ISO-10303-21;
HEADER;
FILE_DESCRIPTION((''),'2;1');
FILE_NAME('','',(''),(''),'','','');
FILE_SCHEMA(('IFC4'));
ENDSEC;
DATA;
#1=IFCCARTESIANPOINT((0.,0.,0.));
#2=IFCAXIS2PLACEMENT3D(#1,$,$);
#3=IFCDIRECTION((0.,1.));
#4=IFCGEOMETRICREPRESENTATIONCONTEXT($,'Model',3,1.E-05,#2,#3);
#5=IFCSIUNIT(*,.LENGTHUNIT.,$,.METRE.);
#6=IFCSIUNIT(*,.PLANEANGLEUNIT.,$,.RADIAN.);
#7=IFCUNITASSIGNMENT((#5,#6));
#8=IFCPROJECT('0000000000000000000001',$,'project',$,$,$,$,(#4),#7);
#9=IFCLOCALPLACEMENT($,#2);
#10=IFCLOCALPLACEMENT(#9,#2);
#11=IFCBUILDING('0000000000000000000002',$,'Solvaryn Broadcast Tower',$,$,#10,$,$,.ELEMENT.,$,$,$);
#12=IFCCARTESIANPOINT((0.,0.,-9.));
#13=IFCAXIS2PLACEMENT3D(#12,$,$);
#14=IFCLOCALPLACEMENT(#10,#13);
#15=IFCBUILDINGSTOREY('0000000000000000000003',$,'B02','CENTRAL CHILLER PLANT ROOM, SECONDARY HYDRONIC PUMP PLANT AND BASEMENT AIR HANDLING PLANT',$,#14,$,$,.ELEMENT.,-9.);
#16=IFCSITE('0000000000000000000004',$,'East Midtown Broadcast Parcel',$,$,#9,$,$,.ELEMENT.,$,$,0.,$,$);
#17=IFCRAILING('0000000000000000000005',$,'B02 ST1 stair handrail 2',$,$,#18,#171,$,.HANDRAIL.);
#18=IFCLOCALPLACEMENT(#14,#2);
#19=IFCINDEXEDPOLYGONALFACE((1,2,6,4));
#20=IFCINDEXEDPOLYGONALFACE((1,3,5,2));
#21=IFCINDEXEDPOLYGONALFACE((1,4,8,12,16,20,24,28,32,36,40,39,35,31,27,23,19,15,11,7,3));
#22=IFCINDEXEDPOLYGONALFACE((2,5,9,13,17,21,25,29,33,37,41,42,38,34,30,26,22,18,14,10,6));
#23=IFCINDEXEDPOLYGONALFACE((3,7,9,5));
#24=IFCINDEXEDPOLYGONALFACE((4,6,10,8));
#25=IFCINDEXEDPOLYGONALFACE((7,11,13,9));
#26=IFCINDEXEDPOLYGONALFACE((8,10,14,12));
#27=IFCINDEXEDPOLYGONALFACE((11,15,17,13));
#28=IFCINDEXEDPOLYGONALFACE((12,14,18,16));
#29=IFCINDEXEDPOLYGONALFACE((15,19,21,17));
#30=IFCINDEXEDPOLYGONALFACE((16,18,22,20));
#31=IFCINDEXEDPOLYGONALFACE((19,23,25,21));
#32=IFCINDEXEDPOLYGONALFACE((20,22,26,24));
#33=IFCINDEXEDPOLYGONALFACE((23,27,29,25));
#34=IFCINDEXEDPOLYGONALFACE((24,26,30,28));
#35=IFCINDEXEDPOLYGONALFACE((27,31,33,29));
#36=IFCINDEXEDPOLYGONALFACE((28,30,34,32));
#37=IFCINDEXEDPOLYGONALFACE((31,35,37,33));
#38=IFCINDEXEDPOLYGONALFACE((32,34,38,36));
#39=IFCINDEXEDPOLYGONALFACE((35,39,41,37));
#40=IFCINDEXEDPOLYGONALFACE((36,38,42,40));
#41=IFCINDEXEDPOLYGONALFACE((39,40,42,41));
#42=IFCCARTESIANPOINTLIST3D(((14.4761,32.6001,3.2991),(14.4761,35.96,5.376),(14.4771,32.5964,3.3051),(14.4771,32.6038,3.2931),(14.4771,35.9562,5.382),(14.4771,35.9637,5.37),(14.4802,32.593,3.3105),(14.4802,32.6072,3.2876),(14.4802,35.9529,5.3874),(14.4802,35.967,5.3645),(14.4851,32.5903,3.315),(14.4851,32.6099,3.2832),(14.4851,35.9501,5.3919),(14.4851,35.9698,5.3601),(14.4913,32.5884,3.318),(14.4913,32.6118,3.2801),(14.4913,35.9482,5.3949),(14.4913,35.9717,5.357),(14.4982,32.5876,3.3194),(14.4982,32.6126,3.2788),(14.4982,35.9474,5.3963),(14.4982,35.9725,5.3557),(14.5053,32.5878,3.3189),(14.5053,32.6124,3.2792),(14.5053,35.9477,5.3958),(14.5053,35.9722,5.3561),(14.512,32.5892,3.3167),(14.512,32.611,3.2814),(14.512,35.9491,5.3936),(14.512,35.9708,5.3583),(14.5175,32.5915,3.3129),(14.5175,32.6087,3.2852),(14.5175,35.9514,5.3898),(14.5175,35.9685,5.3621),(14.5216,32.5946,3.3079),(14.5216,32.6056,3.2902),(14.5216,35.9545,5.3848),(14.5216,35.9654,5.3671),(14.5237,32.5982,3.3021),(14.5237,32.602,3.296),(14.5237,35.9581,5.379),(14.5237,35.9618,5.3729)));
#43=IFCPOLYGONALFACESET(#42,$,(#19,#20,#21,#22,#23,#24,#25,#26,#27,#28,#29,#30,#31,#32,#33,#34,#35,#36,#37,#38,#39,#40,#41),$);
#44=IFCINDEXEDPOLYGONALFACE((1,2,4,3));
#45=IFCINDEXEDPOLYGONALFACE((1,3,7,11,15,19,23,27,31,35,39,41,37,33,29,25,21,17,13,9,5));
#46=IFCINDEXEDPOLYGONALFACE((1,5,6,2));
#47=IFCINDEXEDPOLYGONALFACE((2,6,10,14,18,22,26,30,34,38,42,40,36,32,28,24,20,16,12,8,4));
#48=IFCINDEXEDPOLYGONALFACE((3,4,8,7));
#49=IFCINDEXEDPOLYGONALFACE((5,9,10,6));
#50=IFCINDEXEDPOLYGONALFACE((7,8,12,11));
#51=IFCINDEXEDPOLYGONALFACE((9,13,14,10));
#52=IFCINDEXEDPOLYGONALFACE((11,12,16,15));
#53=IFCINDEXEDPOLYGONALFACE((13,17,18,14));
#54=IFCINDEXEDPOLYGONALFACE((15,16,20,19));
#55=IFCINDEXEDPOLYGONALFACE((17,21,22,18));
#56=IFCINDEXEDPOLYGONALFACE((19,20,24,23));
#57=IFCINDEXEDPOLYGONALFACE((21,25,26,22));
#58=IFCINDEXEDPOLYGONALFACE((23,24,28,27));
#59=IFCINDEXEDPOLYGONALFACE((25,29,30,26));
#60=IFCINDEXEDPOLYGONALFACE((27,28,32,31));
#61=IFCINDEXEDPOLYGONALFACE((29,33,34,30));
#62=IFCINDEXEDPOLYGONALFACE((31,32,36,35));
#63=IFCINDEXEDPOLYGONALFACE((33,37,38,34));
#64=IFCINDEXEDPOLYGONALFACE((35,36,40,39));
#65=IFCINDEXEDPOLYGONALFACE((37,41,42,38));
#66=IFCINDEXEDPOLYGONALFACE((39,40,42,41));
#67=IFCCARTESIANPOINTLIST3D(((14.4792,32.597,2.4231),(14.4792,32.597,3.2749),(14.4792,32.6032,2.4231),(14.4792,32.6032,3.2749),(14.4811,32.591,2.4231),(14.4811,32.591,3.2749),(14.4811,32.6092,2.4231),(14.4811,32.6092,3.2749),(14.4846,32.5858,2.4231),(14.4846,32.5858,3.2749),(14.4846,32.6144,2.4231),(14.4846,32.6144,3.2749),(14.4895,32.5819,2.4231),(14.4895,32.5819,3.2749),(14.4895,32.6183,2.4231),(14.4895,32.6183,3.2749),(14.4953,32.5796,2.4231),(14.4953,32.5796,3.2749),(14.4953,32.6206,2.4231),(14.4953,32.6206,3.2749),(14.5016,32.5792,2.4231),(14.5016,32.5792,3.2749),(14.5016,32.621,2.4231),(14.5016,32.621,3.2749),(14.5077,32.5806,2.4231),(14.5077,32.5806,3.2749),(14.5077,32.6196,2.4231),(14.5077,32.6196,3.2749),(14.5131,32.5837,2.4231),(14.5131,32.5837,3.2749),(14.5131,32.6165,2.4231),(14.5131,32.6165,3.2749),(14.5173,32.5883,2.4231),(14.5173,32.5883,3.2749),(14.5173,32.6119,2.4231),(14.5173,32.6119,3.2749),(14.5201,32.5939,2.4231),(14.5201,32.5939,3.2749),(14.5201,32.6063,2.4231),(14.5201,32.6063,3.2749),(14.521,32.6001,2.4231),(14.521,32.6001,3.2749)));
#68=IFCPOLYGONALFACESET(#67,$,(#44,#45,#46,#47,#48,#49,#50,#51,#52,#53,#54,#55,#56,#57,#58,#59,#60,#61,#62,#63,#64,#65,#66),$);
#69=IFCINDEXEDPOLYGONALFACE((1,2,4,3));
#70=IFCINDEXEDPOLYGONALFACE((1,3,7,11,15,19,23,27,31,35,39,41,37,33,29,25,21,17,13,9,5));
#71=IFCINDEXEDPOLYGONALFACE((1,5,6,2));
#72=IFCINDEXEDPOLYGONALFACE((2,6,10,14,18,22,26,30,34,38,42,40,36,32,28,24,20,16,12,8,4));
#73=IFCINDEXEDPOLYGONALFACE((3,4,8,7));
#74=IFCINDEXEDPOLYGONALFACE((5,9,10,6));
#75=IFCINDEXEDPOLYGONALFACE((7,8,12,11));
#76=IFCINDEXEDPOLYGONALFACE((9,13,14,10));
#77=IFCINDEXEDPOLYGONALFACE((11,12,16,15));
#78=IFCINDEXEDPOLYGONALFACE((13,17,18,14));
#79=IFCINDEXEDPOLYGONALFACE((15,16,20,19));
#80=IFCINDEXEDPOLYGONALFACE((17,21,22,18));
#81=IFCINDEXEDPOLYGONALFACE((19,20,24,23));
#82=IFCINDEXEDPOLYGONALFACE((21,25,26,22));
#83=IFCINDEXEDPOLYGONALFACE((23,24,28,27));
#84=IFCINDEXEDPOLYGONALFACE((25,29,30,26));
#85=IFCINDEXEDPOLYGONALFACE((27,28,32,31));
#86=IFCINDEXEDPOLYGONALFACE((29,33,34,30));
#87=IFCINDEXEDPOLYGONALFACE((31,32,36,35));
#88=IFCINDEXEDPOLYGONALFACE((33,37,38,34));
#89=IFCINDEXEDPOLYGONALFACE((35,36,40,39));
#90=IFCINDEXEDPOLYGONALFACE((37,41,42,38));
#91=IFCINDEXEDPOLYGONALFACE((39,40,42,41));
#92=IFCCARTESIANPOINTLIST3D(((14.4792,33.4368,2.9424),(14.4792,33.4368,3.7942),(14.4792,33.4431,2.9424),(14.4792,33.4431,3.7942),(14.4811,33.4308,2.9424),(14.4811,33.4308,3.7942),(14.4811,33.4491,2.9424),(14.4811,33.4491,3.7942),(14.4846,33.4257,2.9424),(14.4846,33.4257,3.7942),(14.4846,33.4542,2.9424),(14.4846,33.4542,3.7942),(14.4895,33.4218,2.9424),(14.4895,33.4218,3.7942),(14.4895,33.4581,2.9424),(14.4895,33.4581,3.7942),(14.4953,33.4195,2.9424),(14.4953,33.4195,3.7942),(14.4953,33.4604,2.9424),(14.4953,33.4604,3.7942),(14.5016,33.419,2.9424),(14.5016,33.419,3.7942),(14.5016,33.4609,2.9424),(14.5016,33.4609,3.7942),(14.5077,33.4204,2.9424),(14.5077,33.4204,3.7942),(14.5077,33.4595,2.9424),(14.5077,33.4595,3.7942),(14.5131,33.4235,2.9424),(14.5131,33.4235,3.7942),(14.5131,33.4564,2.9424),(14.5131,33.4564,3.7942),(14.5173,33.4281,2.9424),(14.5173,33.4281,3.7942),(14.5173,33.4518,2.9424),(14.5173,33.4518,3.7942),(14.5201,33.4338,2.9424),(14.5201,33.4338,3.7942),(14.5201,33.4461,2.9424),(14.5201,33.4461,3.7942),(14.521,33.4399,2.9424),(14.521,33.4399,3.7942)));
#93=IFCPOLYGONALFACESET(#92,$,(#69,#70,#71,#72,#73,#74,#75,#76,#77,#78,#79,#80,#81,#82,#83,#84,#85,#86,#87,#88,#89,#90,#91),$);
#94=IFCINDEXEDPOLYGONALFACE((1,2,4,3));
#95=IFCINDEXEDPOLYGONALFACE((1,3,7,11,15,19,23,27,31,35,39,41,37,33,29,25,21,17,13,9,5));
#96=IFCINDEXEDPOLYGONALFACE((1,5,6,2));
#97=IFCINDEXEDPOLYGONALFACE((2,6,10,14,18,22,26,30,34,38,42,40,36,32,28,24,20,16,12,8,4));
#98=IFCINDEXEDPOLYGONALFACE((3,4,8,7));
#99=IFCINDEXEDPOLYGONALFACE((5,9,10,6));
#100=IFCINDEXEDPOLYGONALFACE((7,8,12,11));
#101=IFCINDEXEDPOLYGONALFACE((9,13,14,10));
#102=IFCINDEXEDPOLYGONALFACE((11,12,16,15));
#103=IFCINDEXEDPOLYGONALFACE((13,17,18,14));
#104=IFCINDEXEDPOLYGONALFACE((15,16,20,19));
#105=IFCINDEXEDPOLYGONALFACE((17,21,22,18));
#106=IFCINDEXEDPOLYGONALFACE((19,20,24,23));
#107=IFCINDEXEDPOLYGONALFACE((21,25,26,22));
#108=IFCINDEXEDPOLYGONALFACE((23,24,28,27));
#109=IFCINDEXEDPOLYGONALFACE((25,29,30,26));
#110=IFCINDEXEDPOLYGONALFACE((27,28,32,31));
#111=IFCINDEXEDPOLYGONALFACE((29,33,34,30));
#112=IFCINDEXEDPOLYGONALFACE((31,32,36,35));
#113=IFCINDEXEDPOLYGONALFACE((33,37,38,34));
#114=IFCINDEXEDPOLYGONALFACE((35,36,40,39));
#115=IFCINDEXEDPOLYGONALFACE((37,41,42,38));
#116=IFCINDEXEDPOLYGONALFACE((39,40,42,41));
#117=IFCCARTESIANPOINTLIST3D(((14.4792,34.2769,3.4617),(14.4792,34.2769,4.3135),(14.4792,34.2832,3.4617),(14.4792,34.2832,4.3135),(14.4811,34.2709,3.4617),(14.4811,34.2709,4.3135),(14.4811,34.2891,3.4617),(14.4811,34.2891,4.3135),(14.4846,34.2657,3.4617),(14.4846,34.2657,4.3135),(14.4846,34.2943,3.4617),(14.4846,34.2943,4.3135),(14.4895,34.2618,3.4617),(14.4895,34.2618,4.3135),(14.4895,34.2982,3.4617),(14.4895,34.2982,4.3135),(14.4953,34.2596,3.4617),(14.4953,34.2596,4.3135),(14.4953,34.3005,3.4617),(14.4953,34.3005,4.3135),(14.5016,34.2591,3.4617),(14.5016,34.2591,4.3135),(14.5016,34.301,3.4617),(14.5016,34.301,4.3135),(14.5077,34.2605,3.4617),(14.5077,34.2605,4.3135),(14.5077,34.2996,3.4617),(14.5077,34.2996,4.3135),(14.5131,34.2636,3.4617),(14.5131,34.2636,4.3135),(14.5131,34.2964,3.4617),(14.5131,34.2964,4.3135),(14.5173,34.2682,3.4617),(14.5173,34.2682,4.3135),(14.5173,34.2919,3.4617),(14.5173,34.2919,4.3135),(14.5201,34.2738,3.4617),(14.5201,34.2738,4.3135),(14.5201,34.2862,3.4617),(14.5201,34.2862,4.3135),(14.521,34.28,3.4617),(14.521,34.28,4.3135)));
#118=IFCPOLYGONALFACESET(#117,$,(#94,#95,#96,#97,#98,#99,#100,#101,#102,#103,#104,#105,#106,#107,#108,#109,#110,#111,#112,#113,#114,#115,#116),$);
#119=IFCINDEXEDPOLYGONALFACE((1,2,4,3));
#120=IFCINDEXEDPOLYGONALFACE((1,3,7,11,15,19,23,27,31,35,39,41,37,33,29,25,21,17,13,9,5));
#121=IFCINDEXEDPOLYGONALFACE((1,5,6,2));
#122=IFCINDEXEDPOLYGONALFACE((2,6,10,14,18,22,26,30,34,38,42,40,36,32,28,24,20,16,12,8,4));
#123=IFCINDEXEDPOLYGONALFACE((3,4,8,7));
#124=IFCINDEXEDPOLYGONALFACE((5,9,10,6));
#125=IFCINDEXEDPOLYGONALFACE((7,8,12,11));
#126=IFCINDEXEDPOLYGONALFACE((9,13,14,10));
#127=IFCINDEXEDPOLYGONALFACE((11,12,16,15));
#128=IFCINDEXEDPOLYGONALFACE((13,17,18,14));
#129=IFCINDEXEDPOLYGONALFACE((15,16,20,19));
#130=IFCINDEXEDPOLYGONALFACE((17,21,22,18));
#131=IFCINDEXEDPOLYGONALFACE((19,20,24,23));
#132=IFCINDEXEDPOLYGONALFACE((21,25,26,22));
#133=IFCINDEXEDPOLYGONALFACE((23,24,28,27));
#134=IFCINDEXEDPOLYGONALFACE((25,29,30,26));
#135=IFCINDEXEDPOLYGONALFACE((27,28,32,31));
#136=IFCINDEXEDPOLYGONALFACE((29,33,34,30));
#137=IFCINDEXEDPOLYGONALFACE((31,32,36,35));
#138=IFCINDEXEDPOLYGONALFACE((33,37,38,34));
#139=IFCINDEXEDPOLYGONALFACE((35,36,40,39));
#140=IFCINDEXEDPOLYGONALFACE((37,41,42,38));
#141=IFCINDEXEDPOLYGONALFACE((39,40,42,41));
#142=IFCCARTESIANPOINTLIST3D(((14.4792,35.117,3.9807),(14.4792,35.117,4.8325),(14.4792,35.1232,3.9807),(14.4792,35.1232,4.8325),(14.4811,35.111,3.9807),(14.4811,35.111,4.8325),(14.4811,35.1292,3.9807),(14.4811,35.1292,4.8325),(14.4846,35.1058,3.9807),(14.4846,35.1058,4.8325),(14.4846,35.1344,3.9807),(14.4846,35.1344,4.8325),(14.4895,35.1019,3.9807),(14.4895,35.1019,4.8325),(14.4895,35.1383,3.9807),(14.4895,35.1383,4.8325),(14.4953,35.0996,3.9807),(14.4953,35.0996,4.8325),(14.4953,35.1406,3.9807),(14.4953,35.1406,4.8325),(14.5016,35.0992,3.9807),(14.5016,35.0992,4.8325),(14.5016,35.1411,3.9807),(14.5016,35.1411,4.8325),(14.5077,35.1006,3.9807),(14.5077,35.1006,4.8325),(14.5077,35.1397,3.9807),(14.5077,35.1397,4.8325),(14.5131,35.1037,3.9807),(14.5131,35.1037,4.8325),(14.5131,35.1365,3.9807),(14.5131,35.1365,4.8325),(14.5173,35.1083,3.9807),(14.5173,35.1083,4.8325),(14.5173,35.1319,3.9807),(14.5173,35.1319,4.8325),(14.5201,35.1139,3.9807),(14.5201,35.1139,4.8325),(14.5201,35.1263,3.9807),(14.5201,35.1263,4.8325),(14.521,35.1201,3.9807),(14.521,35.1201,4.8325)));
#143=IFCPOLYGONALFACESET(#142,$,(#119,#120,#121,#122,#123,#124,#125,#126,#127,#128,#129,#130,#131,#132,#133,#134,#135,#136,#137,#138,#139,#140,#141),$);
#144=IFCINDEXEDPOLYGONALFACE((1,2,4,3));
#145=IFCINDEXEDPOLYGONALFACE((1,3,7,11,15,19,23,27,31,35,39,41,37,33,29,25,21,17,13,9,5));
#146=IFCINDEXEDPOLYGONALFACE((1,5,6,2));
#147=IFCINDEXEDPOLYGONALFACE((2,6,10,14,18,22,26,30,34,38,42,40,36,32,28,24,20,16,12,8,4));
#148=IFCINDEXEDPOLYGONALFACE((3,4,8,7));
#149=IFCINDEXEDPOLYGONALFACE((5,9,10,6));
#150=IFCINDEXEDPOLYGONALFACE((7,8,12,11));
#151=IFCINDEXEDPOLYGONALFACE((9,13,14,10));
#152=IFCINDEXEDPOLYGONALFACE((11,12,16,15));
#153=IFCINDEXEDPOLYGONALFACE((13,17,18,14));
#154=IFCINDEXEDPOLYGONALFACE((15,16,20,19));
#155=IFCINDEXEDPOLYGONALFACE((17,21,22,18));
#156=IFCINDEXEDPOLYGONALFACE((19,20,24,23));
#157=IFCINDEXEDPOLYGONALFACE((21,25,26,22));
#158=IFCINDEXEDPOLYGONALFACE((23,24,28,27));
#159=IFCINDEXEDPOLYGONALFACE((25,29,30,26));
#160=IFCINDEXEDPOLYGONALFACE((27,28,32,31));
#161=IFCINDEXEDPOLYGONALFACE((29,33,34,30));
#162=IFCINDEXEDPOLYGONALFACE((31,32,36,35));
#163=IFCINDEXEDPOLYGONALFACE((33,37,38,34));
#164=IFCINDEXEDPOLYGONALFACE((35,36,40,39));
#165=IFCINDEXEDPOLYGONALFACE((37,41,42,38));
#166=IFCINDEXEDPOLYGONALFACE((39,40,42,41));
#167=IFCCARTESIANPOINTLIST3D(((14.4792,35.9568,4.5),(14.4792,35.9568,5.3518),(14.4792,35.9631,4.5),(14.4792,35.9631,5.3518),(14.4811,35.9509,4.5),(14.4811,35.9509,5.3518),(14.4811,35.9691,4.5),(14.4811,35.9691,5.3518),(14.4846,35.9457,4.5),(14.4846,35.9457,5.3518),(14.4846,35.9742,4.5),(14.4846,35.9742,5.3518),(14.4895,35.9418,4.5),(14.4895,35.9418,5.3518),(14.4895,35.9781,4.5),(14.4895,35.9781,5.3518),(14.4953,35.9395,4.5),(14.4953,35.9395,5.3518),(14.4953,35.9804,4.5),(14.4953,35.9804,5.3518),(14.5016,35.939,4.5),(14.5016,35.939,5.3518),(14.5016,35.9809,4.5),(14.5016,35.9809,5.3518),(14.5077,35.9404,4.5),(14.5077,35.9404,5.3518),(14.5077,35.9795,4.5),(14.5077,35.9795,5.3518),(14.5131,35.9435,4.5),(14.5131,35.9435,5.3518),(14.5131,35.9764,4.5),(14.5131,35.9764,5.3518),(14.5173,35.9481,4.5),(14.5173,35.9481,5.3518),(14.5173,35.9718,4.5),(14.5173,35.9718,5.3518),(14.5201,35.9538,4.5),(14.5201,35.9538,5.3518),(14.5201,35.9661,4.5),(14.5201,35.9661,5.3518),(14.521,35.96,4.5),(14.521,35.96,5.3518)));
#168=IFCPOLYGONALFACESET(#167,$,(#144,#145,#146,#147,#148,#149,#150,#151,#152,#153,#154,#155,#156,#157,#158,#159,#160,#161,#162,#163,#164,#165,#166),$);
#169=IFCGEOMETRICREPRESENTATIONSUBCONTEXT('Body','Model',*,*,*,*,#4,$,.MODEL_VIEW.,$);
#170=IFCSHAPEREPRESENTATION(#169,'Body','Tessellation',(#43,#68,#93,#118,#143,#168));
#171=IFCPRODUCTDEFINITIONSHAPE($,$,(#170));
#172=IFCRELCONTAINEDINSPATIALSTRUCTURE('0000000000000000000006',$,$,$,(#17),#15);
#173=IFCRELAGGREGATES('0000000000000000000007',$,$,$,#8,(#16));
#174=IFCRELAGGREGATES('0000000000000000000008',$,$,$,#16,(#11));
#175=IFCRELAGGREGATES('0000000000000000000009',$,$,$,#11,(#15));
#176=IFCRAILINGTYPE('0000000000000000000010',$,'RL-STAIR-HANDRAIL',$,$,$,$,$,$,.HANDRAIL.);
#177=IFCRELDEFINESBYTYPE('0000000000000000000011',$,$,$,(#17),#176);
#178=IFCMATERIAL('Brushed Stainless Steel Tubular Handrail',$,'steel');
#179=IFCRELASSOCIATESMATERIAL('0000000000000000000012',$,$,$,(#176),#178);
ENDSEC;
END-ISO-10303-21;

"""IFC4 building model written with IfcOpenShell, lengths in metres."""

from ifc_helpers import new_model, si_unit, direction, frame, origin, origin_2d, place, context, subcontext, project, spatial, circle, extrude, material, type_object, element, save


model = new_model("IFC4")

# Units and contexts
model_context = context("Model", 3, precision=1e-05, world=origin(), true_north=direction((0.0, 1.0)))
body_context = subcontext(model_context, "Body", "Model", "MODEL_VIEW")
ifc_project = project(units=[si_unit("LENGTHUNIT", "METRE"), si_unit("PLANEANGLEUNIT", "RADIAN")], contexts=[model_context])

# Site, building, storey
site_placement = place(None, origin())
site = spatial("IfcSite", under=ifc_project, at=site_placement, Name="East Midtown Broadcast Parcel", CompositionType="ELEMENT", RefElevation=0.0)
building_placement = place(site_placement, origin())
building = spatial("IfcBuilding", under=site, at=building_placement, Name="Solvaryn Broadcast Tower", CompositionType="ELEMENT")
storey_placement = place(building_placement, frame((0.0, 0.0, -9.0)))
storey = spatial("IfcBuildingStorey", under=building, at=storey_placement, Name="B02", Description="CENTRAL CHILLER PLANT ROOM, SECONDARY HYDRONIC PUMP PLANT AND BASEMENT AIR HANDLING PLANT", CompositionType="ELEMENT", Elevation=-9.0)

# Railing
ifc_material_1 = material(Name="Brushed Stainless Steel Tubular Handrail", Category="steel")
railing_type_1 = type_object("IfcRailingType", Name="RL-STAIR-HANDRAIL", PredefinedType="HANDRAIL", material=ifc_material_1)
railing_1_placement = place(storey_placement, frame((14.5, 32.6001, 2.4231)))
element("IfcRailing", 1, at=railing_1_placement, inside=storey, type_object=railing_type_1, Name="B02 ST1 stair handrail 2", PredefinedType="HANDRAIL", context=body_context, shape_type="SweptSolid", body=[
    extrude(circle(Radius=0.0239, at=origin_2d()), frame((0.0, 0.0, 0.876), z_axis=(0.0, 0.850606, 0.525803), x_axis=(-1.0, 0.0, 0.0)), (0.0, 0.0, 1.0), 3.95),
    extrude(circle(Radius=0.021, at=origin_2d()), origin(), (0.0, 0.0, 1.0), 0.8518),
    extrude(circle(Radius=0.021, at=origin_2d()), frame((0.0, 0.8398, 0.5193)), (0.0, 0.0, 1.0), 0.8518),
    extrude(circle(Radius=0.021, at=origin_2d()), frame((0.0, 1.6799, 1.0386)), (0.0, 0.0, 1.0), 0.8518),
    extrude(circle(Radius=0.021, at=origin_2d()), frame((0.0, 2.52, 1.5576)), (0.0, 0.0, 1.0), 0.8518),
    extrude(circle(Radius=0.021, at=origin_2d()), frame((0.0, 3.3599, 2.0769)), (0.0, 0.0, 1.0), 0.8518),
])

save(model, "model.ifc")
